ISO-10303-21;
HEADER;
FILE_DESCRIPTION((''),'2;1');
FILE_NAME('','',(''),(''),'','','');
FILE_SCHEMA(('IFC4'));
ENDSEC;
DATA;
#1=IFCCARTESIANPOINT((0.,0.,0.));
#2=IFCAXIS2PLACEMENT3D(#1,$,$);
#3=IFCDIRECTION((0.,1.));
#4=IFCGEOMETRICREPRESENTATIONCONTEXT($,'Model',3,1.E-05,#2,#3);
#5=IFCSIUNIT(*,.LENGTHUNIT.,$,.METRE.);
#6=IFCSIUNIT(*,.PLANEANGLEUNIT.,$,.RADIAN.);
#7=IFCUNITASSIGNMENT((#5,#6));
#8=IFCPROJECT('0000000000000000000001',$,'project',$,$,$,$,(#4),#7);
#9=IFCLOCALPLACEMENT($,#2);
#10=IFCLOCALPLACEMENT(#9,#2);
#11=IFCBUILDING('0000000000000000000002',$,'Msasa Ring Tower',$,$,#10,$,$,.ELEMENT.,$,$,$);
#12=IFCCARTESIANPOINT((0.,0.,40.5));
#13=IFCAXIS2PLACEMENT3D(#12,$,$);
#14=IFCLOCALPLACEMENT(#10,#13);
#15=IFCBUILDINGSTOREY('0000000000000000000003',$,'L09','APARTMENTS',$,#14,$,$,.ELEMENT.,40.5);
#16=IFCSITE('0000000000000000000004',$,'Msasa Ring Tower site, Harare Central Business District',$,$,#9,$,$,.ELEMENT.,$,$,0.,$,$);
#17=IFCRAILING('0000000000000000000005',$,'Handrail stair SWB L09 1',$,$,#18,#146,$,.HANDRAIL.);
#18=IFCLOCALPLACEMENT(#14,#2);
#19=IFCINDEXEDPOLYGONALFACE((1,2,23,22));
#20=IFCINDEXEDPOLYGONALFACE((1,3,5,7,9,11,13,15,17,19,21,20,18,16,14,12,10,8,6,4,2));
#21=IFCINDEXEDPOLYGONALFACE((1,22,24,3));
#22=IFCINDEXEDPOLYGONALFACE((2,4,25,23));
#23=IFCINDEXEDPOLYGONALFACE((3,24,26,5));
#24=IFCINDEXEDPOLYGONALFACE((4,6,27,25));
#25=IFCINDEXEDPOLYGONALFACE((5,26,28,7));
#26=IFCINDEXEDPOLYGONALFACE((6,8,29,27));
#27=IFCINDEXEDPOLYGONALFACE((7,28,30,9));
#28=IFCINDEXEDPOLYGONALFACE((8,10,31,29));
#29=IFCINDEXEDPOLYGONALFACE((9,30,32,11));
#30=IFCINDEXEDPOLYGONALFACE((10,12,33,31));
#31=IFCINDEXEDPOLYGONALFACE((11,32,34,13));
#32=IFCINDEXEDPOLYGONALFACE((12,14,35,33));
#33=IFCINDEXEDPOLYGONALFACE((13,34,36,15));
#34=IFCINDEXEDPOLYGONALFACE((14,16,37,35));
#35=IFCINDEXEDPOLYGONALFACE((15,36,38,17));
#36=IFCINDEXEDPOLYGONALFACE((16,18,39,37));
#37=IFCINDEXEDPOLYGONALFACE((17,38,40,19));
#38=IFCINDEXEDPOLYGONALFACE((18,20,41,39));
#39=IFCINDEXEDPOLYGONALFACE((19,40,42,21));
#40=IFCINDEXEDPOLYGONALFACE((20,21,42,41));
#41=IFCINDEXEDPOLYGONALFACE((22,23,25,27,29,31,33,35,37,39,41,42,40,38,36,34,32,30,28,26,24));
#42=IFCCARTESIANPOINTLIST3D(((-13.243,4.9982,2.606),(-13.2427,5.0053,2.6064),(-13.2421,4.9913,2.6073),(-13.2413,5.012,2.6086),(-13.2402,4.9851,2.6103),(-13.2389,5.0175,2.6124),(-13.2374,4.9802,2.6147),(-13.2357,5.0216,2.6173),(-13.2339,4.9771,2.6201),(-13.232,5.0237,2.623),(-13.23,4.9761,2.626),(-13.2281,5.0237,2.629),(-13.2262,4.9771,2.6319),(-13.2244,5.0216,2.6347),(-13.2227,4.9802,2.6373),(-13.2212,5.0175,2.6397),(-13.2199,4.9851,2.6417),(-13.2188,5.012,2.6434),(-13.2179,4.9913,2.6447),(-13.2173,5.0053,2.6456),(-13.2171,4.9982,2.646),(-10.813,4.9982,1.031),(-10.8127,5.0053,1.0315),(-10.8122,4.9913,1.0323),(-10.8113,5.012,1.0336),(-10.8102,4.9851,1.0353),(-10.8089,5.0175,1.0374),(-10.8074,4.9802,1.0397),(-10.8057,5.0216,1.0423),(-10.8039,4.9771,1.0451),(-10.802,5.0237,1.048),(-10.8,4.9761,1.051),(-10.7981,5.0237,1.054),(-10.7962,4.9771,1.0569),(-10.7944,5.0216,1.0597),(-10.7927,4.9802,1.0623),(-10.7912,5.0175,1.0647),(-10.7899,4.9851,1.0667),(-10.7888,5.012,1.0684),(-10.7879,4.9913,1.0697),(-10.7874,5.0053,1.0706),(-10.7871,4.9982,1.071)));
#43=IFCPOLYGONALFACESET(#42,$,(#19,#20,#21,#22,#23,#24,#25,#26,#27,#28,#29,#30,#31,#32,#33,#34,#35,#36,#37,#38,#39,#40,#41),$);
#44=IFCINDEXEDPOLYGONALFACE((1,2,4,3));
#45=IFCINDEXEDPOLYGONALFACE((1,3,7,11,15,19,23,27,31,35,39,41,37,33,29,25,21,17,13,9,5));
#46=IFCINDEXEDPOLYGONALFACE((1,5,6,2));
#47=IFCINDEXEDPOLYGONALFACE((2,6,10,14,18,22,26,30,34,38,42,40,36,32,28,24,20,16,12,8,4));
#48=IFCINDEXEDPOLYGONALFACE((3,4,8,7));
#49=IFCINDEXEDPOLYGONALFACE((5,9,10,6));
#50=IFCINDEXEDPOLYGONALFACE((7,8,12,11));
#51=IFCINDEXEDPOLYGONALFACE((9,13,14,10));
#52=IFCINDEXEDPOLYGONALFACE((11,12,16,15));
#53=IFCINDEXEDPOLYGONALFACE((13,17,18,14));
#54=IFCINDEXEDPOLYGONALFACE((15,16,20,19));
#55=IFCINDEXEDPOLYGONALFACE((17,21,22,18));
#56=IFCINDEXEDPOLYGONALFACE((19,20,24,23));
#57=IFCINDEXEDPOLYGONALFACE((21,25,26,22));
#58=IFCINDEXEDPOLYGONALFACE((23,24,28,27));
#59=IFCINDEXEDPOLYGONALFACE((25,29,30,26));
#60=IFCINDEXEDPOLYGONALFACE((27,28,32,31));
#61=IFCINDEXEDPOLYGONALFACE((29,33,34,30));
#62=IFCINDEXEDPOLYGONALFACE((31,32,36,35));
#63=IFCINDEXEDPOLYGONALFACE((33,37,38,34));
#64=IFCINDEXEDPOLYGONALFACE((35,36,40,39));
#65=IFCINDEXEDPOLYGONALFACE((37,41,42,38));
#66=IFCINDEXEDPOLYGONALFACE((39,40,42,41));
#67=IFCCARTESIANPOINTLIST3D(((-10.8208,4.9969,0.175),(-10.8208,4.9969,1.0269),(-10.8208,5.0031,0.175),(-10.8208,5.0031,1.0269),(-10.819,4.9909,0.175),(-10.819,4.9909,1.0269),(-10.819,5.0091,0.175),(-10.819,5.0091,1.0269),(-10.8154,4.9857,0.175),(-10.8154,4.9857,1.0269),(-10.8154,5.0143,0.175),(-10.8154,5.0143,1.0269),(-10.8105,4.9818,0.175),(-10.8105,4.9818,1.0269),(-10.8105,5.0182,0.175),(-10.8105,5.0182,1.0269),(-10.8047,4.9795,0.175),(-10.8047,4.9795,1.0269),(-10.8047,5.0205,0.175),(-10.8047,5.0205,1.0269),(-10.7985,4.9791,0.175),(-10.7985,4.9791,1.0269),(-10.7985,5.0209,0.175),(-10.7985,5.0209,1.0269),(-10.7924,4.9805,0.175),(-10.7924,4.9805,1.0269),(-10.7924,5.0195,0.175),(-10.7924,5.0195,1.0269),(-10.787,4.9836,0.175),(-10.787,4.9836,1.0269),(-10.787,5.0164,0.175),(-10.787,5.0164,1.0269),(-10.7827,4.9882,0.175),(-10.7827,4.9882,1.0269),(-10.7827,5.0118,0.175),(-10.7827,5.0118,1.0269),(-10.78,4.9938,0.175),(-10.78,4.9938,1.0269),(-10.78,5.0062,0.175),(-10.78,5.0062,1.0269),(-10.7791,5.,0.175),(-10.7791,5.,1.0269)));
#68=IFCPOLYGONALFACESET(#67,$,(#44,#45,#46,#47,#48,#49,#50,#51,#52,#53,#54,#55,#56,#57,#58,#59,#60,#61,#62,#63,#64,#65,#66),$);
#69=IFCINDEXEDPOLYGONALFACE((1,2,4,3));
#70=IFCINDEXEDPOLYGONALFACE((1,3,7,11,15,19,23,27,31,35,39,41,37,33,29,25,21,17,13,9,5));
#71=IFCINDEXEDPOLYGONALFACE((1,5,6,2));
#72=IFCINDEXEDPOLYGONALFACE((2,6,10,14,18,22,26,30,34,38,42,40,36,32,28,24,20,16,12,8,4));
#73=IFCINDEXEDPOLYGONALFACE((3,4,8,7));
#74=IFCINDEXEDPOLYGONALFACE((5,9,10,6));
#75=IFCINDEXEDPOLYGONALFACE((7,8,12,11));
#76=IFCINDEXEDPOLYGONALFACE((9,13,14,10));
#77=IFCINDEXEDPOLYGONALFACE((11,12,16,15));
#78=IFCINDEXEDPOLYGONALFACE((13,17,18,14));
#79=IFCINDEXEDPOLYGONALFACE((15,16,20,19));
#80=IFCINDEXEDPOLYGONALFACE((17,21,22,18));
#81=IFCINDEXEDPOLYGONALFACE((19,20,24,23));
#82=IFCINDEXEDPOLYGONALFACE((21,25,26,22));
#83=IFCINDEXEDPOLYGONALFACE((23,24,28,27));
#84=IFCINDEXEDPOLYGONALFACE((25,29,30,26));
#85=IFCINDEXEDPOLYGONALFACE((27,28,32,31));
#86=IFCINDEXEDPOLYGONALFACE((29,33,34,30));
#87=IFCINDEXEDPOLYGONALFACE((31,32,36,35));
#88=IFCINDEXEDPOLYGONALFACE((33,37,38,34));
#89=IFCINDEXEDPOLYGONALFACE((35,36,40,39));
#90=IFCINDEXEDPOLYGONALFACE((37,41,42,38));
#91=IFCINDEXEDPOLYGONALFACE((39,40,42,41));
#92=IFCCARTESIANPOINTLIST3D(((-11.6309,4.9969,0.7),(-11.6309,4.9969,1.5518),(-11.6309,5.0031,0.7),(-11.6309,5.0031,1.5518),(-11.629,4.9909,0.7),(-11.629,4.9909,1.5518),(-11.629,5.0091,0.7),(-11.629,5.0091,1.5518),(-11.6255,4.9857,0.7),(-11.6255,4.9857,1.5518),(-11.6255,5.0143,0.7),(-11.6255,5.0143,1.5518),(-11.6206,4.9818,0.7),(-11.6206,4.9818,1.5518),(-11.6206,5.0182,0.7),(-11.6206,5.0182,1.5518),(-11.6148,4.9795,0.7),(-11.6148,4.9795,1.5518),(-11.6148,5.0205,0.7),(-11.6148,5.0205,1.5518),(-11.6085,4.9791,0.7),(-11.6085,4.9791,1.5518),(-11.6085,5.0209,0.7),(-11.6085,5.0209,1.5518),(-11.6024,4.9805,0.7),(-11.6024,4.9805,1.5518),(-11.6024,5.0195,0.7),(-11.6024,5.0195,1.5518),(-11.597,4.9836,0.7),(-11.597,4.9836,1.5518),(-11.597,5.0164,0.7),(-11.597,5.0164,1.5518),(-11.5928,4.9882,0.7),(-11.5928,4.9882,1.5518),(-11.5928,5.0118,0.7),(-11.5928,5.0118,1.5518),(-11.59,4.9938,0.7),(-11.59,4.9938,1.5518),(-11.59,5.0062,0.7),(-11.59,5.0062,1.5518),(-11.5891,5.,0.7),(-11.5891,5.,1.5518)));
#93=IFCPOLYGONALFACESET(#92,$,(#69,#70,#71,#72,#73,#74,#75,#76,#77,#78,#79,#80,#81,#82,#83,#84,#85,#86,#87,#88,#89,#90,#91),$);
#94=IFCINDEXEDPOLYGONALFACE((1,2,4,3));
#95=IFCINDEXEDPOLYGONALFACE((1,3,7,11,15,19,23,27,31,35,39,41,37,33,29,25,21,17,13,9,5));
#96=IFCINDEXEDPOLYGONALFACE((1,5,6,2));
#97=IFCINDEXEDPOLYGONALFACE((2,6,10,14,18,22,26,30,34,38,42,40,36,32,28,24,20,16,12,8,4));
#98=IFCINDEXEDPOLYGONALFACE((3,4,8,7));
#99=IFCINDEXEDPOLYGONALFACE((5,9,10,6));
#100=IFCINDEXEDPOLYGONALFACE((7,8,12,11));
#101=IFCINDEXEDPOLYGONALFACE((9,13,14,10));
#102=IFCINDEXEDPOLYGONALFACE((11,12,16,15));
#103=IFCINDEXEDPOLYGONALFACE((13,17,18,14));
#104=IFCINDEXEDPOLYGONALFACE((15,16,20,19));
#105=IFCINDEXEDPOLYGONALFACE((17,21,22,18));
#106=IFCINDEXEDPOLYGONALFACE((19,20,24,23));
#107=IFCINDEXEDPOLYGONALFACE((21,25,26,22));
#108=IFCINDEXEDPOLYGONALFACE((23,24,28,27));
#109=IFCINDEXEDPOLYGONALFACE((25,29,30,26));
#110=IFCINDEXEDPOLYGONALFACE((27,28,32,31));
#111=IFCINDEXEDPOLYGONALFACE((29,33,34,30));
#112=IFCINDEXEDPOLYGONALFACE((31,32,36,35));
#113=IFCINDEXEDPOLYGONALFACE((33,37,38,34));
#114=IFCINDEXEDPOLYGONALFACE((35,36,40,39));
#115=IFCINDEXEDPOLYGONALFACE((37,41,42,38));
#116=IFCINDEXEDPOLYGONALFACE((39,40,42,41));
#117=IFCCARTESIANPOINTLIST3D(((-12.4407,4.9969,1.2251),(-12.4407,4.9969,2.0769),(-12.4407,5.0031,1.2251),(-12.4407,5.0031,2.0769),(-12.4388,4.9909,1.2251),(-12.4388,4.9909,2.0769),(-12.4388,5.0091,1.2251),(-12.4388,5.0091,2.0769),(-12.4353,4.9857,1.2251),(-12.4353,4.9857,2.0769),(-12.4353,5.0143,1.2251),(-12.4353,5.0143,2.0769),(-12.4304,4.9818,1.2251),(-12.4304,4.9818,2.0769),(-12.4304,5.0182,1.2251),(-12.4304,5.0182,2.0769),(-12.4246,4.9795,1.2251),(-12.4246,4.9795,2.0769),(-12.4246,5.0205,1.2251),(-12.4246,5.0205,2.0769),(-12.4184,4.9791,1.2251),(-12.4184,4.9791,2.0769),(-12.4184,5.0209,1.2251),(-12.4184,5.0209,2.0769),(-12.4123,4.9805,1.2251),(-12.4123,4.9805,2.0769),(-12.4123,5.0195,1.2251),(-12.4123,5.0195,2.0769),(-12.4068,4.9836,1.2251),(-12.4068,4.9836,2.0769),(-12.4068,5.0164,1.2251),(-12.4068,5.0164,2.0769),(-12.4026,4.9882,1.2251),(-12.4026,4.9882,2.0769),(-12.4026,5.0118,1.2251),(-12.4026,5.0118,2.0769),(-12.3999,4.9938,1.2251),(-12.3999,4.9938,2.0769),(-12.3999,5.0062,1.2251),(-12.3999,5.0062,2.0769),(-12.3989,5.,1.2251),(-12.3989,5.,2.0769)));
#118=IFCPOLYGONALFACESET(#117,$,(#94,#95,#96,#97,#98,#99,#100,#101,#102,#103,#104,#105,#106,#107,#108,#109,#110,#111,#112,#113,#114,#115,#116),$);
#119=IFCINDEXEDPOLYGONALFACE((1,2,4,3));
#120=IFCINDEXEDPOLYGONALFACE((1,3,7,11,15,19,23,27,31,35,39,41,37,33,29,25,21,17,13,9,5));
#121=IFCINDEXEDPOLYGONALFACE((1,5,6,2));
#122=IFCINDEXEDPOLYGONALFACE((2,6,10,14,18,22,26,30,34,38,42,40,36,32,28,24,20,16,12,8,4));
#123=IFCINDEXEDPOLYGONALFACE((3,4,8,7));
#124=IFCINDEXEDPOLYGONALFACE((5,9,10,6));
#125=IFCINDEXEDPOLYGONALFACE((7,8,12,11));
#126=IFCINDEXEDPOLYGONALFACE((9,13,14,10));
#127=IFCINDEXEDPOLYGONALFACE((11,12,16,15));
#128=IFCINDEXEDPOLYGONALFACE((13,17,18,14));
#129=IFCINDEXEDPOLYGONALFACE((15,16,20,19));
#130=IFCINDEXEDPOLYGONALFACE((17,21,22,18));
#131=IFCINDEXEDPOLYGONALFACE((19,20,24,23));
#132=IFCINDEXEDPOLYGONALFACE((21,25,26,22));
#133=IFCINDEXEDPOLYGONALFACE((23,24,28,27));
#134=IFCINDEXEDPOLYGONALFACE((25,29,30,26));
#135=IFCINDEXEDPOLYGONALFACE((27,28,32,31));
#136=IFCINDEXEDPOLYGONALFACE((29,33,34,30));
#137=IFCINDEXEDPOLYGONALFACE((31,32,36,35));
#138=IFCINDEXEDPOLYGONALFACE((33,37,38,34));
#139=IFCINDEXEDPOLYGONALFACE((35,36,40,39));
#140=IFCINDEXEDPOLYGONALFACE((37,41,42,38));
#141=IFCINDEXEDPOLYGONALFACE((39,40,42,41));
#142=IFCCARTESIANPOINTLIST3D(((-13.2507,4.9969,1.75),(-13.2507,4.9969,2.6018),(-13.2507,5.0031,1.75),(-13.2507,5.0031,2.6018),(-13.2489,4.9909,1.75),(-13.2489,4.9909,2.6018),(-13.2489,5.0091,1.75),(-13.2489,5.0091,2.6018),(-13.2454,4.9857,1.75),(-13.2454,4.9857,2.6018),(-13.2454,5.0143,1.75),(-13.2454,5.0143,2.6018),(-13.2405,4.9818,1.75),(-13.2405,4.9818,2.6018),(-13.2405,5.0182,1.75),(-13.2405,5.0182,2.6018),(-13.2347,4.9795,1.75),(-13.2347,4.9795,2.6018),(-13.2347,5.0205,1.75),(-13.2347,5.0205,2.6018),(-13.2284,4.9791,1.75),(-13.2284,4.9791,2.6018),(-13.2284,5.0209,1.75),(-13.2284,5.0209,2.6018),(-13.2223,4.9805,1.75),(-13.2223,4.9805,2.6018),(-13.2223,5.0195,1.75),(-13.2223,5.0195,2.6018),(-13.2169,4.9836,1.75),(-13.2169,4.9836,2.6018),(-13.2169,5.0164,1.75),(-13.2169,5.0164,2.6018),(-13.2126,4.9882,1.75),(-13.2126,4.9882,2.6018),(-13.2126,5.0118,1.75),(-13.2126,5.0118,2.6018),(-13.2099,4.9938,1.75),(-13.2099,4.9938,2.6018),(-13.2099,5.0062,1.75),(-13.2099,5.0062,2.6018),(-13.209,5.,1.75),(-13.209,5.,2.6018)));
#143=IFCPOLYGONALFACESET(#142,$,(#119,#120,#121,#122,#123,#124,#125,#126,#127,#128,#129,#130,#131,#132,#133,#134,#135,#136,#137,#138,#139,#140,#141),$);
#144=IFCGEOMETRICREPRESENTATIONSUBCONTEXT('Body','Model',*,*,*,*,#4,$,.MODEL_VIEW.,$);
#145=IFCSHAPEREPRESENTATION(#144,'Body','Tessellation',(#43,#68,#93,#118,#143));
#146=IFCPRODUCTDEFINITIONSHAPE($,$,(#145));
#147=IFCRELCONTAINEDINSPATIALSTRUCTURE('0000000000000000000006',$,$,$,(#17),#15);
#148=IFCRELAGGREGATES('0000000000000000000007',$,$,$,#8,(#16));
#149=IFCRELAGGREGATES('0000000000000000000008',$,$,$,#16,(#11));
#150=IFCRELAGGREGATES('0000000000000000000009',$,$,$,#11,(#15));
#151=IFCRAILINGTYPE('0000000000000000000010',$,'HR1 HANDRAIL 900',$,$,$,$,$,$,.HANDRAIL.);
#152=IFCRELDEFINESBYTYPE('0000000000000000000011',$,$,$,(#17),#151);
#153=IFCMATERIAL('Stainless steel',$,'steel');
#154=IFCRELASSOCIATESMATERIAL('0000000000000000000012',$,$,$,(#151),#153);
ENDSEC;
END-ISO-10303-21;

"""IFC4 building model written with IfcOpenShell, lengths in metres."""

from ifc_helpers import new_model, si_unit, direction, frame, origin, origin_2d, place, context, subcontext, project, spatial, circle, extrude, material, type_object, element, save


model = new_model("IFC4")

# Units and contexts
model_context = context("Model", 3, precision=1e-05, world=origin(), true_north=direction((0.0, 1.0)))
body_context = subcontext(model_context, "Body", "Model", "MODEL_VIEW")
ifc_project = project(units=[si_unit("LENGTHUNIT", "METRE"), si_unit("PLANEANGLEUNIT", "RADIAN")], contexts=[model_context])

# Site, building, storey
site_placement = place(None, origin())
site = spatial("IfcSite", under=ifc_project, at=site_placement, Name="Msasa Ring Tower site, Harare Central Business District", CompositionType="ELEMENT", RefElevation=0.0)
building_placement = place(site_placement, origin())
building = spatial("IfcBuilding", under=site, at=building_placement, Name="Msasa Ring Tower", CompositionType="ELEMENT")
storey_placement = place(building_placement, frame((0.0, 0.0, 40.5)))
storey = spatial("IfcBuildingStorey", under=building, at=storey_placement, Name="L09", Description="APARTMENTS", CompositionType="ELEMENT", Elevation=40.5)

# Railing
ifc_material_1 = material(Name="Stainless steel", Category="steel")
railing_type = type_object("IfcRailingType", Name="HR1 HANDRAIL 900", PredefinedType="HANDRAIL", material=ifc_material_1)
for number, where, name in (
    (1, (-10.8, 5.0, 0.175), "Handrail stair SWB L09 1"),
):
    element("IfcRailing", number, at=place(storey_placement, frame(where)), inside=storey, type_object=railing_type, Name=name, PredefinedType="HANDRAIL", context=body_context, shape_type="SweptSolid", body=[
        extrude(circle(Radius=0.0239, at=origin_2d()), frame((0.0, 0.0, 0.876), z_axis=(-0.839154, 0.0, 0.543894), x_axis=(0.0, -1.0, 0.0)), (0.0, 0.0, 1.0), 2.8958),
        extrude(circle(Radius=0.021, at=origin_2d()), origin(), (0.0, 0.0, 1.0), 0.8518),
        extrude(circle(Radius=0.021, at=origin_2d()), frame((-0.8101, 0.0, 0.5249)), (0.0, 0.0, 1.0), 0.8518),
        extrude(circle(Radius=0.021, at=origin_2d()), frame((-1.6199, 0.0, 1.05)), (0.0, 0.0, 1.0), 0.8518),
        extrude(circle(Radius=0.021, at=origin_2d()), frame((-2.4299, 0.0, 1.575)), (0.0, 0.0, 1.0), 0.8518),
    ])

save(model, "model.ifc")
